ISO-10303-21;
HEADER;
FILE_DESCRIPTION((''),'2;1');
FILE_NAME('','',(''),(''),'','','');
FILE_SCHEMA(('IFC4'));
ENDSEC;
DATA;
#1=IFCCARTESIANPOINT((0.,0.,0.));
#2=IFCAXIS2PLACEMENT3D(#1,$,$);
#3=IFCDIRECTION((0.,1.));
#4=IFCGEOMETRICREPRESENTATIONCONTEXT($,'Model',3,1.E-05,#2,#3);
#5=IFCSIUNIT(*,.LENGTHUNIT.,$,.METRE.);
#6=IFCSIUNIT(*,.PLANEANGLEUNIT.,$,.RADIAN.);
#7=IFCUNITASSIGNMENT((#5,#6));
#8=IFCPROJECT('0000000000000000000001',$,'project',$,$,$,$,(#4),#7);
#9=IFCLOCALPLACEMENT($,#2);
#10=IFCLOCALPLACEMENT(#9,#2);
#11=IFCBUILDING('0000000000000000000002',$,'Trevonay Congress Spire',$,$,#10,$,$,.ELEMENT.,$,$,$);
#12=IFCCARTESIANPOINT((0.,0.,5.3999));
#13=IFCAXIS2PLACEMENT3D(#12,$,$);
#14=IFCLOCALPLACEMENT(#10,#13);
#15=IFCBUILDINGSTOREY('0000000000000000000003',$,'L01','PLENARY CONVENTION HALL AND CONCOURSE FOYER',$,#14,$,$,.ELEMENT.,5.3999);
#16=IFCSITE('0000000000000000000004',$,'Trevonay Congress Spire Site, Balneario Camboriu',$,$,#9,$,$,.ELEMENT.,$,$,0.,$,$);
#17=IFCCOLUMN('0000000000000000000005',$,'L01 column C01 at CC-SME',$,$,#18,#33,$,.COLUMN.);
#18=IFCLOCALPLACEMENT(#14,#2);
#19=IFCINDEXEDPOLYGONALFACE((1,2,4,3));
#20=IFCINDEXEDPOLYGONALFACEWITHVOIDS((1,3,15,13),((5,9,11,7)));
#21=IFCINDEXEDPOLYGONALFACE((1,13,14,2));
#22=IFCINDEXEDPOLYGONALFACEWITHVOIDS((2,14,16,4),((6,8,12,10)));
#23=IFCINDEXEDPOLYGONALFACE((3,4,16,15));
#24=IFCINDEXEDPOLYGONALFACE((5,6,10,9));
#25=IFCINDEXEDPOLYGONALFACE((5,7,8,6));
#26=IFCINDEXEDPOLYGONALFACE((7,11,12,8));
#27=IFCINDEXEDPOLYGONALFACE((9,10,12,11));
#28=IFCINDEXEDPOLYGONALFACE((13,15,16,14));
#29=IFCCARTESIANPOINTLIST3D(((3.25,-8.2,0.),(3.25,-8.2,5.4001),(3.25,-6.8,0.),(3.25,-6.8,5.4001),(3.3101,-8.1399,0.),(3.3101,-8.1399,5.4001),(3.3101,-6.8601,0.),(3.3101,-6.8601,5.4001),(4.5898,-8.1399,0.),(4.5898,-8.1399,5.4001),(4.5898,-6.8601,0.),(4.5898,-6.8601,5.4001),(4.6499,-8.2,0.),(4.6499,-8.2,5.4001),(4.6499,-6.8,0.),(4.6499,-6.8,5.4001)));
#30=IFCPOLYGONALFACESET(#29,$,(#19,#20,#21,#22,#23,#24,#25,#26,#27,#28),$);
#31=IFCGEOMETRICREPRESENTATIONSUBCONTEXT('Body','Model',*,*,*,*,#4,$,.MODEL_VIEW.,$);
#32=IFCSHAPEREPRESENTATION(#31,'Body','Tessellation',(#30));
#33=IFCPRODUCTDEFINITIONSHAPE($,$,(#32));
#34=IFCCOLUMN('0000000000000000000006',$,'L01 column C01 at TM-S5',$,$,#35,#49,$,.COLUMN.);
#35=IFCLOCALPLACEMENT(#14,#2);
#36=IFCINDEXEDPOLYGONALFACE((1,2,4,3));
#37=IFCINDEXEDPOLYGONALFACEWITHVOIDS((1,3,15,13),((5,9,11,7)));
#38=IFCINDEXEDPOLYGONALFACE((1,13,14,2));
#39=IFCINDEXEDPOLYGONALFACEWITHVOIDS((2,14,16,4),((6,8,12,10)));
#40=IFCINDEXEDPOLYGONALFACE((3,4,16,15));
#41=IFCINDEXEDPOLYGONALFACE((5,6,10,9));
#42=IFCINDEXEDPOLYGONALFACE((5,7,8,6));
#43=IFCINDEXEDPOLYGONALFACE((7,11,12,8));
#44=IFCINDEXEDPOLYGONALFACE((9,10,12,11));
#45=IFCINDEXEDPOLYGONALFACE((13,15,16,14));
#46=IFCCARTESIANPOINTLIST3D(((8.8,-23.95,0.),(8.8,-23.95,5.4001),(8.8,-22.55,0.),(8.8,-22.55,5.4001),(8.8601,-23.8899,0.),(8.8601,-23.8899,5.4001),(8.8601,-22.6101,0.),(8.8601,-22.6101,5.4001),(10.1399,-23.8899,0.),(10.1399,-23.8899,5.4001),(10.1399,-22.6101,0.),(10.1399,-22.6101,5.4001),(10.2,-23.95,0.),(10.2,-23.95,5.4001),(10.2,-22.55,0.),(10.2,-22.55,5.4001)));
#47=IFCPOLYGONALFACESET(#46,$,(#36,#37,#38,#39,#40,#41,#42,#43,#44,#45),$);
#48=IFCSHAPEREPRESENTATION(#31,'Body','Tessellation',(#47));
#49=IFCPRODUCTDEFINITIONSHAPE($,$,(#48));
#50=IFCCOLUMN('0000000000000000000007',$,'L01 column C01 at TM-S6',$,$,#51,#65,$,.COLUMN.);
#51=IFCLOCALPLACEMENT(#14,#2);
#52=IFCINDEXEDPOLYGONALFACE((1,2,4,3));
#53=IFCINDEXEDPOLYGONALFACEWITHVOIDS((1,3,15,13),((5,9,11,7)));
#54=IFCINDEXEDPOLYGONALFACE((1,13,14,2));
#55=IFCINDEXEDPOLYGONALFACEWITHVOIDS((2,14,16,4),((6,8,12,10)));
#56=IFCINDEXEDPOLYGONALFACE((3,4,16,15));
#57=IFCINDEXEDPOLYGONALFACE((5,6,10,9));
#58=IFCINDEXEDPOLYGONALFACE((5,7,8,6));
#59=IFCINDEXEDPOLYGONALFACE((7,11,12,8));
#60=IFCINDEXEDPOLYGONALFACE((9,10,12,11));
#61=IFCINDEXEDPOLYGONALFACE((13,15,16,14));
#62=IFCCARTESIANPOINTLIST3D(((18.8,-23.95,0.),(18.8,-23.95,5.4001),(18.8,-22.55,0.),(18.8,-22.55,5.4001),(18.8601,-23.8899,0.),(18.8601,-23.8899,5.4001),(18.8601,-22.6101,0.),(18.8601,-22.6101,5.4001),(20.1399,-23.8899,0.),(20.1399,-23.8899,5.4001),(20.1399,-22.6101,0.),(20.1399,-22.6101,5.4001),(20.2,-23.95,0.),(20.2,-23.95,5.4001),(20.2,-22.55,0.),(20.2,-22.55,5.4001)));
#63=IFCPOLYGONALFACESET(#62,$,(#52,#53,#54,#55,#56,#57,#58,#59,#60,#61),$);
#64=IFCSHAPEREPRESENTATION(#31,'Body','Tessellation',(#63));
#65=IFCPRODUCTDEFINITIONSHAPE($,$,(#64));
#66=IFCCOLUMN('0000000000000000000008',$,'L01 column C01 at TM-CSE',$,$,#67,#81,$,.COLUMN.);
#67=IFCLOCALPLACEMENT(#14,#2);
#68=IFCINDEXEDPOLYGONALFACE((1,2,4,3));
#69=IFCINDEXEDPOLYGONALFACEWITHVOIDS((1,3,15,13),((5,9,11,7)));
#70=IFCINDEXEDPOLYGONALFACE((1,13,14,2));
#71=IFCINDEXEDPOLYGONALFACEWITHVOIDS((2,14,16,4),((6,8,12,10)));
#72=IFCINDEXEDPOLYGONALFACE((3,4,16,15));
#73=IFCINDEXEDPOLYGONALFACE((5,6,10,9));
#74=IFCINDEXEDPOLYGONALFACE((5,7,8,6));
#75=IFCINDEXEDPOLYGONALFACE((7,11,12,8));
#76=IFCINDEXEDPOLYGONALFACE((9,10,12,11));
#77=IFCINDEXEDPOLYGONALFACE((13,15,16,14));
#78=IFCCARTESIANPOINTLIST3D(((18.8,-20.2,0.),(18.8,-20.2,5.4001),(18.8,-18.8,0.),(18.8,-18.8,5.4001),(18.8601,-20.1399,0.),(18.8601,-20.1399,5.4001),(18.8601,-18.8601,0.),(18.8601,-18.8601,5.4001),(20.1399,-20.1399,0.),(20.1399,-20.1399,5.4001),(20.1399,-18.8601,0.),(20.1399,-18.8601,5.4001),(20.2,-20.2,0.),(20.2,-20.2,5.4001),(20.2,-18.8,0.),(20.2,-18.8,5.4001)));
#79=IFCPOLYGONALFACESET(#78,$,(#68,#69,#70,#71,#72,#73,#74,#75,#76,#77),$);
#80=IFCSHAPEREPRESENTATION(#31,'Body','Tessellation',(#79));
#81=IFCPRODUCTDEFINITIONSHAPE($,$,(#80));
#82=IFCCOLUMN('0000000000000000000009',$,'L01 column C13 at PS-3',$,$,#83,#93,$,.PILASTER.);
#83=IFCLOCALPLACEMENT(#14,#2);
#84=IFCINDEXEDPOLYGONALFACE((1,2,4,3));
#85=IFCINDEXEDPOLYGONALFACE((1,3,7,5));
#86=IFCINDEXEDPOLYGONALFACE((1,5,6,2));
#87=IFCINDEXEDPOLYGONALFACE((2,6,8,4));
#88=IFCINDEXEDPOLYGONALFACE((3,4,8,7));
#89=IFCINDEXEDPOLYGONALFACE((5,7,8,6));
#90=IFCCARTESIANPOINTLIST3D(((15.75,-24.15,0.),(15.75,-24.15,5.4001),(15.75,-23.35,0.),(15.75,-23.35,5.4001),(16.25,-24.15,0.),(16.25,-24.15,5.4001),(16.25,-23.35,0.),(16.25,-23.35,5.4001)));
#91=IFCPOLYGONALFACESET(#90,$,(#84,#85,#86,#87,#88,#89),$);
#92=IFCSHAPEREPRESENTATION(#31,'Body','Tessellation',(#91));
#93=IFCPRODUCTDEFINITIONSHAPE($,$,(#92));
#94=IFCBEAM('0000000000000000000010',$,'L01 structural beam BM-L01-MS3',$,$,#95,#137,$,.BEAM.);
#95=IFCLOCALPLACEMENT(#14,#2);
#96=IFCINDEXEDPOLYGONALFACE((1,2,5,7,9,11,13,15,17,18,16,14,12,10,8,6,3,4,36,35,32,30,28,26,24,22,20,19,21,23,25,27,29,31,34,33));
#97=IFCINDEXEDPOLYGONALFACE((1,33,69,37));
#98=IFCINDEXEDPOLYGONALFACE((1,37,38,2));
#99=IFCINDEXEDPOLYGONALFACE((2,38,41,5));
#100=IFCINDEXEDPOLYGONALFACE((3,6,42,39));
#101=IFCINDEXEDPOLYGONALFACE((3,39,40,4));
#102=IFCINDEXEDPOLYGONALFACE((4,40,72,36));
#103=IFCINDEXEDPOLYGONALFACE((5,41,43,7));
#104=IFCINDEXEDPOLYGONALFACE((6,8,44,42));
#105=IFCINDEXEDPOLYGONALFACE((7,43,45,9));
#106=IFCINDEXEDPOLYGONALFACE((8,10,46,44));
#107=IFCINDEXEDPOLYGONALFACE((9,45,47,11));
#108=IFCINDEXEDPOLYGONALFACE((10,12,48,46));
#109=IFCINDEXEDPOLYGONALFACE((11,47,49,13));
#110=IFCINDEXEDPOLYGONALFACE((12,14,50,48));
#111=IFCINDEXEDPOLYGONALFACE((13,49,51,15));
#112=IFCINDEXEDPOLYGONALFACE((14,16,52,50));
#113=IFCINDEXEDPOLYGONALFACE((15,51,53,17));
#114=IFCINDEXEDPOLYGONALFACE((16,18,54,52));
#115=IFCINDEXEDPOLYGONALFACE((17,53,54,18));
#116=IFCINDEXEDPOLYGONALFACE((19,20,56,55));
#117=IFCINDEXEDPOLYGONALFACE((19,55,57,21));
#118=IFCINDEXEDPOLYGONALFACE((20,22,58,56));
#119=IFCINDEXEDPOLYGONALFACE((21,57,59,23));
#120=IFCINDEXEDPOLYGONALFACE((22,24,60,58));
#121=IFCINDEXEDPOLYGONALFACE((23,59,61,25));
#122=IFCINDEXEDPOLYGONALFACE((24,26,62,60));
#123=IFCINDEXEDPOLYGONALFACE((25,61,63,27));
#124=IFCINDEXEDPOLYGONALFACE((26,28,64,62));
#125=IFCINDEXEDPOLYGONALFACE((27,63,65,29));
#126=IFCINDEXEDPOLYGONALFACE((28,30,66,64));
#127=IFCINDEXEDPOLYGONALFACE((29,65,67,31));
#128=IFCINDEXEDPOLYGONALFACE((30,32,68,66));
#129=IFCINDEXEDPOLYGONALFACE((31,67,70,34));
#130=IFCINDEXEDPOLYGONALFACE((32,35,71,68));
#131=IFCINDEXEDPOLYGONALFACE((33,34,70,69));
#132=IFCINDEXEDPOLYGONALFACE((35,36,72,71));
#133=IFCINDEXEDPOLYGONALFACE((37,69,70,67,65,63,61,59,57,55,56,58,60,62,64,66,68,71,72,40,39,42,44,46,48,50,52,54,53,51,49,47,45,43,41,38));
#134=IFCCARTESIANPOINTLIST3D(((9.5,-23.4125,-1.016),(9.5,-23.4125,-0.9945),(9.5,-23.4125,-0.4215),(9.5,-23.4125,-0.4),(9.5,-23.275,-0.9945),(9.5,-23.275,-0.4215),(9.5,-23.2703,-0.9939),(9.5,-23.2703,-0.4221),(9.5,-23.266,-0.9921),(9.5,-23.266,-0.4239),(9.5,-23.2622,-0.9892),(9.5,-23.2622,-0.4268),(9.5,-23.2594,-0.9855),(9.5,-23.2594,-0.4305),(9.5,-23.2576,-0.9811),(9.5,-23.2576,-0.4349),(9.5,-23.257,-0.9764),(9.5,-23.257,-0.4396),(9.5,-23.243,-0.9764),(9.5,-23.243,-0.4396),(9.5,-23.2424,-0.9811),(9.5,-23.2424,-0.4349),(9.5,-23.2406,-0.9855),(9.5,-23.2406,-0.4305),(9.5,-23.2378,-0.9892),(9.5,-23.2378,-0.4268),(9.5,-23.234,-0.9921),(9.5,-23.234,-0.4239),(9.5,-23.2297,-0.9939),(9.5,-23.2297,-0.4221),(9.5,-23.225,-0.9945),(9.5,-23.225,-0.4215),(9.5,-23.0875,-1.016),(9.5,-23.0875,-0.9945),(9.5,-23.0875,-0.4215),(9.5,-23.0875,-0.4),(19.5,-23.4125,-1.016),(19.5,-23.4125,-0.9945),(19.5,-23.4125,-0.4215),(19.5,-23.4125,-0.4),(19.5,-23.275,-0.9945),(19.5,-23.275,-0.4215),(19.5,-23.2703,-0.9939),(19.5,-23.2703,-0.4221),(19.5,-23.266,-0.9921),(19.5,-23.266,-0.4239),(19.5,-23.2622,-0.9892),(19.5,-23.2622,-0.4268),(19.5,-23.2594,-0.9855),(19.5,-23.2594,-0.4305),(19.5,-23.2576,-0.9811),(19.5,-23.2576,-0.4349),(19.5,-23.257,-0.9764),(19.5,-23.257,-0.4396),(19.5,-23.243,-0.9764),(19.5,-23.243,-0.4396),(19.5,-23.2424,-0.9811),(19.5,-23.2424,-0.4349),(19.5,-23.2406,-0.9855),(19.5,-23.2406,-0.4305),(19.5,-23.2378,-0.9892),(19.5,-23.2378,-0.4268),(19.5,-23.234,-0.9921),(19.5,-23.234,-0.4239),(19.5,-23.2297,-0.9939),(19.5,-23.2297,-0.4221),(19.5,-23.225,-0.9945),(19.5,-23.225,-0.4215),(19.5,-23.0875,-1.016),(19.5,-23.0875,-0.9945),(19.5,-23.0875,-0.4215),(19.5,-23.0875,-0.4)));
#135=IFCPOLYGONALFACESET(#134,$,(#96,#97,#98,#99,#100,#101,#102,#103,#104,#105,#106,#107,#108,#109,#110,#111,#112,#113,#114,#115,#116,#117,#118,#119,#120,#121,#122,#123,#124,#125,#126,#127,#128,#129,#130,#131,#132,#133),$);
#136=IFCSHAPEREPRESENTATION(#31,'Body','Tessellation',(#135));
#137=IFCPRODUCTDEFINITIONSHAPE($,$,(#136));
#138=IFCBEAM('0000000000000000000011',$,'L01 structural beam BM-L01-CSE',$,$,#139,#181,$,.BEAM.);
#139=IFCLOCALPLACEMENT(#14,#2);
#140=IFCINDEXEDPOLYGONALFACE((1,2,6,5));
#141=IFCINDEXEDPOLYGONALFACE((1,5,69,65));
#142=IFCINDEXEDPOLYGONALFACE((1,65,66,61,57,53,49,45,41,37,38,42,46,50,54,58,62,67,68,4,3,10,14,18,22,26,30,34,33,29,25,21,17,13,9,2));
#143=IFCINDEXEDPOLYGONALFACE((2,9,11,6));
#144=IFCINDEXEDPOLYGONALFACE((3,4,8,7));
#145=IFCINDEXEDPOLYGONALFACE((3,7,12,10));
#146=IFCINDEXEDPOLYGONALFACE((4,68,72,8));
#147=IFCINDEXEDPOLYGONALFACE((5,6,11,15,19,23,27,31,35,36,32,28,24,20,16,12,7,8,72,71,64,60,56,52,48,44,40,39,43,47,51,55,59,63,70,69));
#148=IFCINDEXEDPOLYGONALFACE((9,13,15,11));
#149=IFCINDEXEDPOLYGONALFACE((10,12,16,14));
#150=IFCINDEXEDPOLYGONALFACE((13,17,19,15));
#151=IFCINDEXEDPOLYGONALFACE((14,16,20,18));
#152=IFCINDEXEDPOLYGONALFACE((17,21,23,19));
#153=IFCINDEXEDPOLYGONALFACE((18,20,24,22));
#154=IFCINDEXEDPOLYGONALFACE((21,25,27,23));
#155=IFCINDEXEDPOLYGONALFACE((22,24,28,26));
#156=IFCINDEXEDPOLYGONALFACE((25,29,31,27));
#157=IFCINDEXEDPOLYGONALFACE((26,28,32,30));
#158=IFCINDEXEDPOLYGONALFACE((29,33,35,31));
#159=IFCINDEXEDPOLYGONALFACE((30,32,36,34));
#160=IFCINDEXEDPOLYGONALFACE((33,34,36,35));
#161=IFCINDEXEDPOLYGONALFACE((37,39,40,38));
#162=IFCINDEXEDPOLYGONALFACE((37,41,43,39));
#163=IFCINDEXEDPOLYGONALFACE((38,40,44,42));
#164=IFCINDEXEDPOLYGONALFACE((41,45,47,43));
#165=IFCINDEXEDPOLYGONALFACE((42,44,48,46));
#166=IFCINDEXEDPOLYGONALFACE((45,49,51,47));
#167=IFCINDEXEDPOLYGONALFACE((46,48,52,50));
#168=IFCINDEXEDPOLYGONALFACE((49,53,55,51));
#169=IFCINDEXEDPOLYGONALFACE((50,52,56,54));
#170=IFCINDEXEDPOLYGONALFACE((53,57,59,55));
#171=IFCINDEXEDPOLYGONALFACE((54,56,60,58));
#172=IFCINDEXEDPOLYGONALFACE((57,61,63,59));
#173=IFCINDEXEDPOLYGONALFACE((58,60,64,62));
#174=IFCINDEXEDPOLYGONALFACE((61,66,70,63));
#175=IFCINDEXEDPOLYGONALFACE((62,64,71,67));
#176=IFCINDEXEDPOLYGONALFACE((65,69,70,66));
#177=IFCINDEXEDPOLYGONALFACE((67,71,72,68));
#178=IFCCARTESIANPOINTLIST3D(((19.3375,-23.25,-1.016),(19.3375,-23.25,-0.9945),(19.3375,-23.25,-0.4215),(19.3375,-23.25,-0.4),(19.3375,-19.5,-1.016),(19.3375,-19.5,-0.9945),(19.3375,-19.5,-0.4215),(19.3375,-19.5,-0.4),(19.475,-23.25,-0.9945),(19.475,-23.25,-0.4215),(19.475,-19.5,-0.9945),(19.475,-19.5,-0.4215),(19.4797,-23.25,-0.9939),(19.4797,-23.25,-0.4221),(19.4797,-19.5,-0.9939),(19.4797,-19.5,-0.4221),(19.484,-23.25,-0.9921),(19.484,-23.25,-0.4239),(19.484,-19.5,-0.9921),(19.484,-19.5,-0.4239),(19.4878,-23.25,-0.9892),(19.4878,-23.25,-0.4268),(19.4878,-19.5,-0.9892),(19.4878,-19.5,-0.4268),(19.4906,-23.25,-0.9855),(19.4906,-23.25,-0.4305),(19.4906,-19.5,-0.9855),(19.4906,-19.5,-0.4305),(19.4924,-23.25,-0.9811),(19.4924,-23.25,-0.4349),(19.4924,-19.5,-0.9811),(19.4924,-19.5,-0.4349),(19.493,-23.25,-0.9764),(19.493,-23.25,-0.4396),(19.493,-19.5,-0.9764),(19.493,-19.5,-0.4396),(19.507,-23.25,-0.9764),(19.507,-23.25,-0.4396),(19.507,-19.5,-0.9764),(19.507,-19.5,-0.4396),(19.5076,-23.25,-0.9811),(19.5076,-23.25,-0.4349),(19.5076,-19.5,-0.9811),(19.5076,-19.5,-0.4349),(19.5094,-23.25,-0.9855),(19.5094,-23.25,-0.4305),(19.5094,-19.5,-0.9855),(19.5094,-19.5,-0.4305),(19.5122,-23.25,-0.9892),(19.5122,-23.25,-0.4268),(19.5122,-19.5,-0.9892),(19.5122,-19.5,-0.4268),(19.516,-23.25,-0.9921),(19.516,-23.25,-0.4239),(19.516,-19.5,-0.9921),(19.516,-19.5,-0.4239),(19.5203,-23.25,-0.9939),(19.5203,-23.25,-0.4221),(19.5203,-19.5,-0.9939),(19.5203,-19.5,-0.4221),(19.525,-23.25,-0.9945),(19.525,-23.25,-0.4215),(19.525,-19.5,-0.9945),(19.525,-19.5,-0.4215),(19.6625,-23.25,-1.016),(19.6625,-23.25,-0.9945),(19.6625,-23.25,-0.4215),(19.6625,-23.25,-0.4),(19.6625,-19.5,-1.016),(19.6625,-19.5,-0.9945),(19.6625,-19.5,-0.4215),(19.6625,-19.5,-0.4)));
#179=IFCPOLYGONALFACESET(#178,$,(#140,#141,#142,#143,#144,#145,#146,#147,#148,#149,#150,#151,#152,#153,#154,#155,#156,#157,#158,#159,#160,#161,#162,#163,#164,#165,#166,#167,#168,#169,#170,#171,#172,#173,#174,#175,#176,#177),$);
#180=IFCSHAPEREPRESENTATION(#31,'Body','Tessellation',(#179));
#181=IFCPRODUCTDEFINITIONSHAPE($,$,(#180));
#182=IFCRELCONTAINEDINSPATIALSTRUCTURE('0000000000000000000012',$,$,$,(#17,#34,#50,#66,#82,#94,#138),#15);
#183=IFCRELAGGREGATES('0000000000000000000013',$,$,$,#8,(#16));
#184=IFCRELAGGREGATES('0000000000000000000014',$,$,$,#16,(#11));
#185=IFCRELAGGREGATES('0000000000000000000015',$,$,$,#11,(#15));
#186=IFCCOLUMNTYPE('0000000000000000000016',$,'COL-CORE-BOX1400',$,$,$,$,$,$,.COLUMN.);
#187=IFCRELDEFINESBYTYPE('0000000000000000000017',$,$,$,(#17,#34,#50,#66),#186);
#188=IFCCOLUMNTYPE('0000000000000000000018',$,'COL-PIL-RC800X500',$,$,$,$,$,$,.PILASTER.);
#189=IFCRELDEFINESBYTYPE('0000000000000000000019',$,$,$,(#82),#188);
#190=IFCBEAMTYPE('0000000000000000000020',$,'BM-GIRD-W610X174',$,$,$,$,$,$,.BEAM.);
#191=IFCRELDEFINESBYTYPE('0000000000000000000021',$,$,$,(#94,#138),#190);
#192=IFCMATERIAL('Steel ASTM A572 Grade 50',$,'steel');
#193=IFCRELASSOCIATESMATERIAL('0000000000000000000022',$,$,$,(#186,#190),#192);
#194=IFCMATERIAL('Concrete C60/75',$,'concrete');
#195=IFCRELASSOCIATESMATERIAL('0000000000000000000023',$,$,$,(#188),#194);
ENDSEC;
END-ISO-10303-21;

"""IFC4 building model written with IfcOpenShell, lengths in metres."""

from ifc_helpers import new_model, si_unit, direction, frame, origin, origin_2d, place, context, subcontext, project, spatial, rectangle, hollow_rectangle, i_section, extrude, material, material_profile, profile_set, type_object, element, save


model = new_model("IFC4")

# Units and contexts
model_context = context("Model", 3, precision=1e-05, world=origin(), true_north=direction((0.0, 1.0)))
body_context = subcontext(model_context, "Body", "Model", "MODEL_VIEW")
ifc_project = project(units=[si_unit("LENGTHUNIT", "METRE"), si_unit("PLANEANGLEUNIT", "RADIAN")], contexts=[model_context])

# Site, building, storey
site_placement = place(None, origin())
site = spatial("IfcSite", under=ifc_project, at=site_placement, Name="Trevonay Congress Spire Site, Balneario Camboriu", CompositionType="ELEMENT", RefElevation=0.0)
building_placement = place(site_placement, origin())
building = spatial("IfcBuilding", under=site, at=building_placement, Name="Trevonay Congress Spire", CompositionType="ELEMENT")
storey_placement = place(building_placement, frame((0.0, 0.0, 5.3999)))
storey = spatial("IfcBuildingStorey", under=building, at=storey_placement, Name="L01", Description="PLENARY CONVENTION HALL AND CONCOURSE FOYER", CompositionType="ELEMENT", Elevation=5.3999)

# Columns
ifc_material_1 = material(Name="Steel ASTM A572 Grade 50", Category="steel")
ifc_material_profile_1 = material_profile(ifc_material_1, hollow_rectangle(XDim=1.3999, YDim=1.3999, WallThickness=0.0601, at=origin_2d()), Name="BOX 1400x1400x60")
ifc_profile_set_1 = profile_set([ifc_material_profile_1], Name="Steel ASTM A572 Grade 50")
column_type_1 = type_object("IfcColumnType", Name="COL-CORE-BOX1400", PredefinedType="COLUMN", material=ifc_profile_set_1)
for number, where, z_axis, x_axis, name in (
    (1, (3.95, -7.5, 0.0), (0.0, 0.0, 1.0), (1.0, 0.0, 0.0), "L01 column C01 at CC-SME"),
    (2, (9.5, -23.25, 0.0), (0.0, 0.0, 1.0), (1.0, 0.0, 0.0), "L01 column C01 at TM-S5"),
    (3, (19.5, -23.25, 0.0), (0.0, 0.0, 1.0), (1.0, 0.0, 0.0), "L01 column C01 at TM-S6"),
    (4, (19.5, -19.5, 0.0), (0.0, 0.0, 1.0), (1.0, 0.0, 0.0), "L01 column C01 at TM-CSE"),
):
    element("IfcColumn", number, at=place(storey_placement, frame(where, z_axis=z_axis, x_axis=x_axis)), inside=storey, type_object=column_type_1, Name=name, PredefinedType="COLUMN", context=body_context, shape_type="SweptSolid", body=[
        extrude(hollow_rectangle(XDim=1.3999, YDim=1.3999, WallThickness=0.0601, at=origin_2d()), origin(), (0.0, 0.0, 1.0), 5.4001),
    ])
ifc_material_2 = material(Name="Concrete C60/75", Category="concrete")
ifc_material_profile_2 = material_profile(ifc_material_2, rectangle(XDim=0.5, YDim=0.8, at=origin_2d()), Name="RC 800x500")
ifc_profile_set_2 = profile_set([ifc_material_profile_2], Name="Concrete C60/75")
column_type_2 = type_object("IfcColumnType", Name="COL-PIL-RC800X500", PredefinedType="PILASTER", material=ifc_profile_set_2)
column_placement = place(storey_placement, frame((16.0, -23.75, 0.0), z_axis=(0.0, 0.0, 1.0), x_axis=(1.0, 0.0, 0.0)))
element("IfcColumn", 5, at=column_placement, inside=storey, type_object=column_type_2, Name="L01 column C13 at PS-3", PredefinedType="PILASTER", context=body_context, shape_type="SweptSolid", body=[
    extrude(rectangle(XDim=0.5, YDim=0.8, at=origin_2d()), origin(), (0.0, 0.0, 1.0), 5.4001),
])

# Beams
ifc_material_profile_3 = material_profile(ifc_material_1, i_section(OverallWidth=0.325, OverallDepth=0.616, WebThickness=0.0139, FlangeThickness=0.0215, FilletRadius=0.0181, at=origin_2d()), Name="W610x174")
ifc_profile_set_3 = profile_set([ifc_material_profile_3], Name="Steel ASTM A572 Grade 50")
beam_type_1 = type_object("IfcBeamType", Name="BM-GIRD-W610X174", PredefinedType="BEAM", material=ifc_profile_set_3)
beam_1_placement = place(storey_placement, frame((9.5, -23.25, -0.708), z_axis=(1.0, 0.0, 0.0), x_axis=(0.0, 1.0, 0.0)))
element("IfcBeam", 6, at=beam_1_placement, inside=storey, type_object=beam_type_1, Name="L01 structural beam BM-L01-MS3", PredefinedType="BEAM", context=body_context, shape_type="SweptSolid", body=[
    extrude(i_section(OverallWidth=0.325, OverallDepth=0.616, WebThickness=0.0139, FlangeThickness=0.0215, FilletRadius=0.0181, at=origin_2d()), origin(), (0.0, 0.0, 1.0), 10.0),
])
beam_2_placement = place(storey_placement, frame((19.5, -23.25, -0.708), z_axis=(0.0, 1.0, 0.0), x_axis=(-1.0, 0.0, 0.0)))
element("IfcBeam", 7, at=beam_2_placement, inside=storey, type_object=beam_type_1, Name="L01 structural beam BM-L01-CSE", PredefinedType="BEAM", context=body_context, shape_type="SweptSolid", body=[
    extrude(i_section(OverallWidth=0.325, OverallDepth=0.616, WebThickness=0.0139, FlangeThickness=0.0215, FilletRadius=0.0181, at=origin_2d()), origin(), (0.0, 0.0, 1.0), 3.75),
])

save(model, "model.ifc")
